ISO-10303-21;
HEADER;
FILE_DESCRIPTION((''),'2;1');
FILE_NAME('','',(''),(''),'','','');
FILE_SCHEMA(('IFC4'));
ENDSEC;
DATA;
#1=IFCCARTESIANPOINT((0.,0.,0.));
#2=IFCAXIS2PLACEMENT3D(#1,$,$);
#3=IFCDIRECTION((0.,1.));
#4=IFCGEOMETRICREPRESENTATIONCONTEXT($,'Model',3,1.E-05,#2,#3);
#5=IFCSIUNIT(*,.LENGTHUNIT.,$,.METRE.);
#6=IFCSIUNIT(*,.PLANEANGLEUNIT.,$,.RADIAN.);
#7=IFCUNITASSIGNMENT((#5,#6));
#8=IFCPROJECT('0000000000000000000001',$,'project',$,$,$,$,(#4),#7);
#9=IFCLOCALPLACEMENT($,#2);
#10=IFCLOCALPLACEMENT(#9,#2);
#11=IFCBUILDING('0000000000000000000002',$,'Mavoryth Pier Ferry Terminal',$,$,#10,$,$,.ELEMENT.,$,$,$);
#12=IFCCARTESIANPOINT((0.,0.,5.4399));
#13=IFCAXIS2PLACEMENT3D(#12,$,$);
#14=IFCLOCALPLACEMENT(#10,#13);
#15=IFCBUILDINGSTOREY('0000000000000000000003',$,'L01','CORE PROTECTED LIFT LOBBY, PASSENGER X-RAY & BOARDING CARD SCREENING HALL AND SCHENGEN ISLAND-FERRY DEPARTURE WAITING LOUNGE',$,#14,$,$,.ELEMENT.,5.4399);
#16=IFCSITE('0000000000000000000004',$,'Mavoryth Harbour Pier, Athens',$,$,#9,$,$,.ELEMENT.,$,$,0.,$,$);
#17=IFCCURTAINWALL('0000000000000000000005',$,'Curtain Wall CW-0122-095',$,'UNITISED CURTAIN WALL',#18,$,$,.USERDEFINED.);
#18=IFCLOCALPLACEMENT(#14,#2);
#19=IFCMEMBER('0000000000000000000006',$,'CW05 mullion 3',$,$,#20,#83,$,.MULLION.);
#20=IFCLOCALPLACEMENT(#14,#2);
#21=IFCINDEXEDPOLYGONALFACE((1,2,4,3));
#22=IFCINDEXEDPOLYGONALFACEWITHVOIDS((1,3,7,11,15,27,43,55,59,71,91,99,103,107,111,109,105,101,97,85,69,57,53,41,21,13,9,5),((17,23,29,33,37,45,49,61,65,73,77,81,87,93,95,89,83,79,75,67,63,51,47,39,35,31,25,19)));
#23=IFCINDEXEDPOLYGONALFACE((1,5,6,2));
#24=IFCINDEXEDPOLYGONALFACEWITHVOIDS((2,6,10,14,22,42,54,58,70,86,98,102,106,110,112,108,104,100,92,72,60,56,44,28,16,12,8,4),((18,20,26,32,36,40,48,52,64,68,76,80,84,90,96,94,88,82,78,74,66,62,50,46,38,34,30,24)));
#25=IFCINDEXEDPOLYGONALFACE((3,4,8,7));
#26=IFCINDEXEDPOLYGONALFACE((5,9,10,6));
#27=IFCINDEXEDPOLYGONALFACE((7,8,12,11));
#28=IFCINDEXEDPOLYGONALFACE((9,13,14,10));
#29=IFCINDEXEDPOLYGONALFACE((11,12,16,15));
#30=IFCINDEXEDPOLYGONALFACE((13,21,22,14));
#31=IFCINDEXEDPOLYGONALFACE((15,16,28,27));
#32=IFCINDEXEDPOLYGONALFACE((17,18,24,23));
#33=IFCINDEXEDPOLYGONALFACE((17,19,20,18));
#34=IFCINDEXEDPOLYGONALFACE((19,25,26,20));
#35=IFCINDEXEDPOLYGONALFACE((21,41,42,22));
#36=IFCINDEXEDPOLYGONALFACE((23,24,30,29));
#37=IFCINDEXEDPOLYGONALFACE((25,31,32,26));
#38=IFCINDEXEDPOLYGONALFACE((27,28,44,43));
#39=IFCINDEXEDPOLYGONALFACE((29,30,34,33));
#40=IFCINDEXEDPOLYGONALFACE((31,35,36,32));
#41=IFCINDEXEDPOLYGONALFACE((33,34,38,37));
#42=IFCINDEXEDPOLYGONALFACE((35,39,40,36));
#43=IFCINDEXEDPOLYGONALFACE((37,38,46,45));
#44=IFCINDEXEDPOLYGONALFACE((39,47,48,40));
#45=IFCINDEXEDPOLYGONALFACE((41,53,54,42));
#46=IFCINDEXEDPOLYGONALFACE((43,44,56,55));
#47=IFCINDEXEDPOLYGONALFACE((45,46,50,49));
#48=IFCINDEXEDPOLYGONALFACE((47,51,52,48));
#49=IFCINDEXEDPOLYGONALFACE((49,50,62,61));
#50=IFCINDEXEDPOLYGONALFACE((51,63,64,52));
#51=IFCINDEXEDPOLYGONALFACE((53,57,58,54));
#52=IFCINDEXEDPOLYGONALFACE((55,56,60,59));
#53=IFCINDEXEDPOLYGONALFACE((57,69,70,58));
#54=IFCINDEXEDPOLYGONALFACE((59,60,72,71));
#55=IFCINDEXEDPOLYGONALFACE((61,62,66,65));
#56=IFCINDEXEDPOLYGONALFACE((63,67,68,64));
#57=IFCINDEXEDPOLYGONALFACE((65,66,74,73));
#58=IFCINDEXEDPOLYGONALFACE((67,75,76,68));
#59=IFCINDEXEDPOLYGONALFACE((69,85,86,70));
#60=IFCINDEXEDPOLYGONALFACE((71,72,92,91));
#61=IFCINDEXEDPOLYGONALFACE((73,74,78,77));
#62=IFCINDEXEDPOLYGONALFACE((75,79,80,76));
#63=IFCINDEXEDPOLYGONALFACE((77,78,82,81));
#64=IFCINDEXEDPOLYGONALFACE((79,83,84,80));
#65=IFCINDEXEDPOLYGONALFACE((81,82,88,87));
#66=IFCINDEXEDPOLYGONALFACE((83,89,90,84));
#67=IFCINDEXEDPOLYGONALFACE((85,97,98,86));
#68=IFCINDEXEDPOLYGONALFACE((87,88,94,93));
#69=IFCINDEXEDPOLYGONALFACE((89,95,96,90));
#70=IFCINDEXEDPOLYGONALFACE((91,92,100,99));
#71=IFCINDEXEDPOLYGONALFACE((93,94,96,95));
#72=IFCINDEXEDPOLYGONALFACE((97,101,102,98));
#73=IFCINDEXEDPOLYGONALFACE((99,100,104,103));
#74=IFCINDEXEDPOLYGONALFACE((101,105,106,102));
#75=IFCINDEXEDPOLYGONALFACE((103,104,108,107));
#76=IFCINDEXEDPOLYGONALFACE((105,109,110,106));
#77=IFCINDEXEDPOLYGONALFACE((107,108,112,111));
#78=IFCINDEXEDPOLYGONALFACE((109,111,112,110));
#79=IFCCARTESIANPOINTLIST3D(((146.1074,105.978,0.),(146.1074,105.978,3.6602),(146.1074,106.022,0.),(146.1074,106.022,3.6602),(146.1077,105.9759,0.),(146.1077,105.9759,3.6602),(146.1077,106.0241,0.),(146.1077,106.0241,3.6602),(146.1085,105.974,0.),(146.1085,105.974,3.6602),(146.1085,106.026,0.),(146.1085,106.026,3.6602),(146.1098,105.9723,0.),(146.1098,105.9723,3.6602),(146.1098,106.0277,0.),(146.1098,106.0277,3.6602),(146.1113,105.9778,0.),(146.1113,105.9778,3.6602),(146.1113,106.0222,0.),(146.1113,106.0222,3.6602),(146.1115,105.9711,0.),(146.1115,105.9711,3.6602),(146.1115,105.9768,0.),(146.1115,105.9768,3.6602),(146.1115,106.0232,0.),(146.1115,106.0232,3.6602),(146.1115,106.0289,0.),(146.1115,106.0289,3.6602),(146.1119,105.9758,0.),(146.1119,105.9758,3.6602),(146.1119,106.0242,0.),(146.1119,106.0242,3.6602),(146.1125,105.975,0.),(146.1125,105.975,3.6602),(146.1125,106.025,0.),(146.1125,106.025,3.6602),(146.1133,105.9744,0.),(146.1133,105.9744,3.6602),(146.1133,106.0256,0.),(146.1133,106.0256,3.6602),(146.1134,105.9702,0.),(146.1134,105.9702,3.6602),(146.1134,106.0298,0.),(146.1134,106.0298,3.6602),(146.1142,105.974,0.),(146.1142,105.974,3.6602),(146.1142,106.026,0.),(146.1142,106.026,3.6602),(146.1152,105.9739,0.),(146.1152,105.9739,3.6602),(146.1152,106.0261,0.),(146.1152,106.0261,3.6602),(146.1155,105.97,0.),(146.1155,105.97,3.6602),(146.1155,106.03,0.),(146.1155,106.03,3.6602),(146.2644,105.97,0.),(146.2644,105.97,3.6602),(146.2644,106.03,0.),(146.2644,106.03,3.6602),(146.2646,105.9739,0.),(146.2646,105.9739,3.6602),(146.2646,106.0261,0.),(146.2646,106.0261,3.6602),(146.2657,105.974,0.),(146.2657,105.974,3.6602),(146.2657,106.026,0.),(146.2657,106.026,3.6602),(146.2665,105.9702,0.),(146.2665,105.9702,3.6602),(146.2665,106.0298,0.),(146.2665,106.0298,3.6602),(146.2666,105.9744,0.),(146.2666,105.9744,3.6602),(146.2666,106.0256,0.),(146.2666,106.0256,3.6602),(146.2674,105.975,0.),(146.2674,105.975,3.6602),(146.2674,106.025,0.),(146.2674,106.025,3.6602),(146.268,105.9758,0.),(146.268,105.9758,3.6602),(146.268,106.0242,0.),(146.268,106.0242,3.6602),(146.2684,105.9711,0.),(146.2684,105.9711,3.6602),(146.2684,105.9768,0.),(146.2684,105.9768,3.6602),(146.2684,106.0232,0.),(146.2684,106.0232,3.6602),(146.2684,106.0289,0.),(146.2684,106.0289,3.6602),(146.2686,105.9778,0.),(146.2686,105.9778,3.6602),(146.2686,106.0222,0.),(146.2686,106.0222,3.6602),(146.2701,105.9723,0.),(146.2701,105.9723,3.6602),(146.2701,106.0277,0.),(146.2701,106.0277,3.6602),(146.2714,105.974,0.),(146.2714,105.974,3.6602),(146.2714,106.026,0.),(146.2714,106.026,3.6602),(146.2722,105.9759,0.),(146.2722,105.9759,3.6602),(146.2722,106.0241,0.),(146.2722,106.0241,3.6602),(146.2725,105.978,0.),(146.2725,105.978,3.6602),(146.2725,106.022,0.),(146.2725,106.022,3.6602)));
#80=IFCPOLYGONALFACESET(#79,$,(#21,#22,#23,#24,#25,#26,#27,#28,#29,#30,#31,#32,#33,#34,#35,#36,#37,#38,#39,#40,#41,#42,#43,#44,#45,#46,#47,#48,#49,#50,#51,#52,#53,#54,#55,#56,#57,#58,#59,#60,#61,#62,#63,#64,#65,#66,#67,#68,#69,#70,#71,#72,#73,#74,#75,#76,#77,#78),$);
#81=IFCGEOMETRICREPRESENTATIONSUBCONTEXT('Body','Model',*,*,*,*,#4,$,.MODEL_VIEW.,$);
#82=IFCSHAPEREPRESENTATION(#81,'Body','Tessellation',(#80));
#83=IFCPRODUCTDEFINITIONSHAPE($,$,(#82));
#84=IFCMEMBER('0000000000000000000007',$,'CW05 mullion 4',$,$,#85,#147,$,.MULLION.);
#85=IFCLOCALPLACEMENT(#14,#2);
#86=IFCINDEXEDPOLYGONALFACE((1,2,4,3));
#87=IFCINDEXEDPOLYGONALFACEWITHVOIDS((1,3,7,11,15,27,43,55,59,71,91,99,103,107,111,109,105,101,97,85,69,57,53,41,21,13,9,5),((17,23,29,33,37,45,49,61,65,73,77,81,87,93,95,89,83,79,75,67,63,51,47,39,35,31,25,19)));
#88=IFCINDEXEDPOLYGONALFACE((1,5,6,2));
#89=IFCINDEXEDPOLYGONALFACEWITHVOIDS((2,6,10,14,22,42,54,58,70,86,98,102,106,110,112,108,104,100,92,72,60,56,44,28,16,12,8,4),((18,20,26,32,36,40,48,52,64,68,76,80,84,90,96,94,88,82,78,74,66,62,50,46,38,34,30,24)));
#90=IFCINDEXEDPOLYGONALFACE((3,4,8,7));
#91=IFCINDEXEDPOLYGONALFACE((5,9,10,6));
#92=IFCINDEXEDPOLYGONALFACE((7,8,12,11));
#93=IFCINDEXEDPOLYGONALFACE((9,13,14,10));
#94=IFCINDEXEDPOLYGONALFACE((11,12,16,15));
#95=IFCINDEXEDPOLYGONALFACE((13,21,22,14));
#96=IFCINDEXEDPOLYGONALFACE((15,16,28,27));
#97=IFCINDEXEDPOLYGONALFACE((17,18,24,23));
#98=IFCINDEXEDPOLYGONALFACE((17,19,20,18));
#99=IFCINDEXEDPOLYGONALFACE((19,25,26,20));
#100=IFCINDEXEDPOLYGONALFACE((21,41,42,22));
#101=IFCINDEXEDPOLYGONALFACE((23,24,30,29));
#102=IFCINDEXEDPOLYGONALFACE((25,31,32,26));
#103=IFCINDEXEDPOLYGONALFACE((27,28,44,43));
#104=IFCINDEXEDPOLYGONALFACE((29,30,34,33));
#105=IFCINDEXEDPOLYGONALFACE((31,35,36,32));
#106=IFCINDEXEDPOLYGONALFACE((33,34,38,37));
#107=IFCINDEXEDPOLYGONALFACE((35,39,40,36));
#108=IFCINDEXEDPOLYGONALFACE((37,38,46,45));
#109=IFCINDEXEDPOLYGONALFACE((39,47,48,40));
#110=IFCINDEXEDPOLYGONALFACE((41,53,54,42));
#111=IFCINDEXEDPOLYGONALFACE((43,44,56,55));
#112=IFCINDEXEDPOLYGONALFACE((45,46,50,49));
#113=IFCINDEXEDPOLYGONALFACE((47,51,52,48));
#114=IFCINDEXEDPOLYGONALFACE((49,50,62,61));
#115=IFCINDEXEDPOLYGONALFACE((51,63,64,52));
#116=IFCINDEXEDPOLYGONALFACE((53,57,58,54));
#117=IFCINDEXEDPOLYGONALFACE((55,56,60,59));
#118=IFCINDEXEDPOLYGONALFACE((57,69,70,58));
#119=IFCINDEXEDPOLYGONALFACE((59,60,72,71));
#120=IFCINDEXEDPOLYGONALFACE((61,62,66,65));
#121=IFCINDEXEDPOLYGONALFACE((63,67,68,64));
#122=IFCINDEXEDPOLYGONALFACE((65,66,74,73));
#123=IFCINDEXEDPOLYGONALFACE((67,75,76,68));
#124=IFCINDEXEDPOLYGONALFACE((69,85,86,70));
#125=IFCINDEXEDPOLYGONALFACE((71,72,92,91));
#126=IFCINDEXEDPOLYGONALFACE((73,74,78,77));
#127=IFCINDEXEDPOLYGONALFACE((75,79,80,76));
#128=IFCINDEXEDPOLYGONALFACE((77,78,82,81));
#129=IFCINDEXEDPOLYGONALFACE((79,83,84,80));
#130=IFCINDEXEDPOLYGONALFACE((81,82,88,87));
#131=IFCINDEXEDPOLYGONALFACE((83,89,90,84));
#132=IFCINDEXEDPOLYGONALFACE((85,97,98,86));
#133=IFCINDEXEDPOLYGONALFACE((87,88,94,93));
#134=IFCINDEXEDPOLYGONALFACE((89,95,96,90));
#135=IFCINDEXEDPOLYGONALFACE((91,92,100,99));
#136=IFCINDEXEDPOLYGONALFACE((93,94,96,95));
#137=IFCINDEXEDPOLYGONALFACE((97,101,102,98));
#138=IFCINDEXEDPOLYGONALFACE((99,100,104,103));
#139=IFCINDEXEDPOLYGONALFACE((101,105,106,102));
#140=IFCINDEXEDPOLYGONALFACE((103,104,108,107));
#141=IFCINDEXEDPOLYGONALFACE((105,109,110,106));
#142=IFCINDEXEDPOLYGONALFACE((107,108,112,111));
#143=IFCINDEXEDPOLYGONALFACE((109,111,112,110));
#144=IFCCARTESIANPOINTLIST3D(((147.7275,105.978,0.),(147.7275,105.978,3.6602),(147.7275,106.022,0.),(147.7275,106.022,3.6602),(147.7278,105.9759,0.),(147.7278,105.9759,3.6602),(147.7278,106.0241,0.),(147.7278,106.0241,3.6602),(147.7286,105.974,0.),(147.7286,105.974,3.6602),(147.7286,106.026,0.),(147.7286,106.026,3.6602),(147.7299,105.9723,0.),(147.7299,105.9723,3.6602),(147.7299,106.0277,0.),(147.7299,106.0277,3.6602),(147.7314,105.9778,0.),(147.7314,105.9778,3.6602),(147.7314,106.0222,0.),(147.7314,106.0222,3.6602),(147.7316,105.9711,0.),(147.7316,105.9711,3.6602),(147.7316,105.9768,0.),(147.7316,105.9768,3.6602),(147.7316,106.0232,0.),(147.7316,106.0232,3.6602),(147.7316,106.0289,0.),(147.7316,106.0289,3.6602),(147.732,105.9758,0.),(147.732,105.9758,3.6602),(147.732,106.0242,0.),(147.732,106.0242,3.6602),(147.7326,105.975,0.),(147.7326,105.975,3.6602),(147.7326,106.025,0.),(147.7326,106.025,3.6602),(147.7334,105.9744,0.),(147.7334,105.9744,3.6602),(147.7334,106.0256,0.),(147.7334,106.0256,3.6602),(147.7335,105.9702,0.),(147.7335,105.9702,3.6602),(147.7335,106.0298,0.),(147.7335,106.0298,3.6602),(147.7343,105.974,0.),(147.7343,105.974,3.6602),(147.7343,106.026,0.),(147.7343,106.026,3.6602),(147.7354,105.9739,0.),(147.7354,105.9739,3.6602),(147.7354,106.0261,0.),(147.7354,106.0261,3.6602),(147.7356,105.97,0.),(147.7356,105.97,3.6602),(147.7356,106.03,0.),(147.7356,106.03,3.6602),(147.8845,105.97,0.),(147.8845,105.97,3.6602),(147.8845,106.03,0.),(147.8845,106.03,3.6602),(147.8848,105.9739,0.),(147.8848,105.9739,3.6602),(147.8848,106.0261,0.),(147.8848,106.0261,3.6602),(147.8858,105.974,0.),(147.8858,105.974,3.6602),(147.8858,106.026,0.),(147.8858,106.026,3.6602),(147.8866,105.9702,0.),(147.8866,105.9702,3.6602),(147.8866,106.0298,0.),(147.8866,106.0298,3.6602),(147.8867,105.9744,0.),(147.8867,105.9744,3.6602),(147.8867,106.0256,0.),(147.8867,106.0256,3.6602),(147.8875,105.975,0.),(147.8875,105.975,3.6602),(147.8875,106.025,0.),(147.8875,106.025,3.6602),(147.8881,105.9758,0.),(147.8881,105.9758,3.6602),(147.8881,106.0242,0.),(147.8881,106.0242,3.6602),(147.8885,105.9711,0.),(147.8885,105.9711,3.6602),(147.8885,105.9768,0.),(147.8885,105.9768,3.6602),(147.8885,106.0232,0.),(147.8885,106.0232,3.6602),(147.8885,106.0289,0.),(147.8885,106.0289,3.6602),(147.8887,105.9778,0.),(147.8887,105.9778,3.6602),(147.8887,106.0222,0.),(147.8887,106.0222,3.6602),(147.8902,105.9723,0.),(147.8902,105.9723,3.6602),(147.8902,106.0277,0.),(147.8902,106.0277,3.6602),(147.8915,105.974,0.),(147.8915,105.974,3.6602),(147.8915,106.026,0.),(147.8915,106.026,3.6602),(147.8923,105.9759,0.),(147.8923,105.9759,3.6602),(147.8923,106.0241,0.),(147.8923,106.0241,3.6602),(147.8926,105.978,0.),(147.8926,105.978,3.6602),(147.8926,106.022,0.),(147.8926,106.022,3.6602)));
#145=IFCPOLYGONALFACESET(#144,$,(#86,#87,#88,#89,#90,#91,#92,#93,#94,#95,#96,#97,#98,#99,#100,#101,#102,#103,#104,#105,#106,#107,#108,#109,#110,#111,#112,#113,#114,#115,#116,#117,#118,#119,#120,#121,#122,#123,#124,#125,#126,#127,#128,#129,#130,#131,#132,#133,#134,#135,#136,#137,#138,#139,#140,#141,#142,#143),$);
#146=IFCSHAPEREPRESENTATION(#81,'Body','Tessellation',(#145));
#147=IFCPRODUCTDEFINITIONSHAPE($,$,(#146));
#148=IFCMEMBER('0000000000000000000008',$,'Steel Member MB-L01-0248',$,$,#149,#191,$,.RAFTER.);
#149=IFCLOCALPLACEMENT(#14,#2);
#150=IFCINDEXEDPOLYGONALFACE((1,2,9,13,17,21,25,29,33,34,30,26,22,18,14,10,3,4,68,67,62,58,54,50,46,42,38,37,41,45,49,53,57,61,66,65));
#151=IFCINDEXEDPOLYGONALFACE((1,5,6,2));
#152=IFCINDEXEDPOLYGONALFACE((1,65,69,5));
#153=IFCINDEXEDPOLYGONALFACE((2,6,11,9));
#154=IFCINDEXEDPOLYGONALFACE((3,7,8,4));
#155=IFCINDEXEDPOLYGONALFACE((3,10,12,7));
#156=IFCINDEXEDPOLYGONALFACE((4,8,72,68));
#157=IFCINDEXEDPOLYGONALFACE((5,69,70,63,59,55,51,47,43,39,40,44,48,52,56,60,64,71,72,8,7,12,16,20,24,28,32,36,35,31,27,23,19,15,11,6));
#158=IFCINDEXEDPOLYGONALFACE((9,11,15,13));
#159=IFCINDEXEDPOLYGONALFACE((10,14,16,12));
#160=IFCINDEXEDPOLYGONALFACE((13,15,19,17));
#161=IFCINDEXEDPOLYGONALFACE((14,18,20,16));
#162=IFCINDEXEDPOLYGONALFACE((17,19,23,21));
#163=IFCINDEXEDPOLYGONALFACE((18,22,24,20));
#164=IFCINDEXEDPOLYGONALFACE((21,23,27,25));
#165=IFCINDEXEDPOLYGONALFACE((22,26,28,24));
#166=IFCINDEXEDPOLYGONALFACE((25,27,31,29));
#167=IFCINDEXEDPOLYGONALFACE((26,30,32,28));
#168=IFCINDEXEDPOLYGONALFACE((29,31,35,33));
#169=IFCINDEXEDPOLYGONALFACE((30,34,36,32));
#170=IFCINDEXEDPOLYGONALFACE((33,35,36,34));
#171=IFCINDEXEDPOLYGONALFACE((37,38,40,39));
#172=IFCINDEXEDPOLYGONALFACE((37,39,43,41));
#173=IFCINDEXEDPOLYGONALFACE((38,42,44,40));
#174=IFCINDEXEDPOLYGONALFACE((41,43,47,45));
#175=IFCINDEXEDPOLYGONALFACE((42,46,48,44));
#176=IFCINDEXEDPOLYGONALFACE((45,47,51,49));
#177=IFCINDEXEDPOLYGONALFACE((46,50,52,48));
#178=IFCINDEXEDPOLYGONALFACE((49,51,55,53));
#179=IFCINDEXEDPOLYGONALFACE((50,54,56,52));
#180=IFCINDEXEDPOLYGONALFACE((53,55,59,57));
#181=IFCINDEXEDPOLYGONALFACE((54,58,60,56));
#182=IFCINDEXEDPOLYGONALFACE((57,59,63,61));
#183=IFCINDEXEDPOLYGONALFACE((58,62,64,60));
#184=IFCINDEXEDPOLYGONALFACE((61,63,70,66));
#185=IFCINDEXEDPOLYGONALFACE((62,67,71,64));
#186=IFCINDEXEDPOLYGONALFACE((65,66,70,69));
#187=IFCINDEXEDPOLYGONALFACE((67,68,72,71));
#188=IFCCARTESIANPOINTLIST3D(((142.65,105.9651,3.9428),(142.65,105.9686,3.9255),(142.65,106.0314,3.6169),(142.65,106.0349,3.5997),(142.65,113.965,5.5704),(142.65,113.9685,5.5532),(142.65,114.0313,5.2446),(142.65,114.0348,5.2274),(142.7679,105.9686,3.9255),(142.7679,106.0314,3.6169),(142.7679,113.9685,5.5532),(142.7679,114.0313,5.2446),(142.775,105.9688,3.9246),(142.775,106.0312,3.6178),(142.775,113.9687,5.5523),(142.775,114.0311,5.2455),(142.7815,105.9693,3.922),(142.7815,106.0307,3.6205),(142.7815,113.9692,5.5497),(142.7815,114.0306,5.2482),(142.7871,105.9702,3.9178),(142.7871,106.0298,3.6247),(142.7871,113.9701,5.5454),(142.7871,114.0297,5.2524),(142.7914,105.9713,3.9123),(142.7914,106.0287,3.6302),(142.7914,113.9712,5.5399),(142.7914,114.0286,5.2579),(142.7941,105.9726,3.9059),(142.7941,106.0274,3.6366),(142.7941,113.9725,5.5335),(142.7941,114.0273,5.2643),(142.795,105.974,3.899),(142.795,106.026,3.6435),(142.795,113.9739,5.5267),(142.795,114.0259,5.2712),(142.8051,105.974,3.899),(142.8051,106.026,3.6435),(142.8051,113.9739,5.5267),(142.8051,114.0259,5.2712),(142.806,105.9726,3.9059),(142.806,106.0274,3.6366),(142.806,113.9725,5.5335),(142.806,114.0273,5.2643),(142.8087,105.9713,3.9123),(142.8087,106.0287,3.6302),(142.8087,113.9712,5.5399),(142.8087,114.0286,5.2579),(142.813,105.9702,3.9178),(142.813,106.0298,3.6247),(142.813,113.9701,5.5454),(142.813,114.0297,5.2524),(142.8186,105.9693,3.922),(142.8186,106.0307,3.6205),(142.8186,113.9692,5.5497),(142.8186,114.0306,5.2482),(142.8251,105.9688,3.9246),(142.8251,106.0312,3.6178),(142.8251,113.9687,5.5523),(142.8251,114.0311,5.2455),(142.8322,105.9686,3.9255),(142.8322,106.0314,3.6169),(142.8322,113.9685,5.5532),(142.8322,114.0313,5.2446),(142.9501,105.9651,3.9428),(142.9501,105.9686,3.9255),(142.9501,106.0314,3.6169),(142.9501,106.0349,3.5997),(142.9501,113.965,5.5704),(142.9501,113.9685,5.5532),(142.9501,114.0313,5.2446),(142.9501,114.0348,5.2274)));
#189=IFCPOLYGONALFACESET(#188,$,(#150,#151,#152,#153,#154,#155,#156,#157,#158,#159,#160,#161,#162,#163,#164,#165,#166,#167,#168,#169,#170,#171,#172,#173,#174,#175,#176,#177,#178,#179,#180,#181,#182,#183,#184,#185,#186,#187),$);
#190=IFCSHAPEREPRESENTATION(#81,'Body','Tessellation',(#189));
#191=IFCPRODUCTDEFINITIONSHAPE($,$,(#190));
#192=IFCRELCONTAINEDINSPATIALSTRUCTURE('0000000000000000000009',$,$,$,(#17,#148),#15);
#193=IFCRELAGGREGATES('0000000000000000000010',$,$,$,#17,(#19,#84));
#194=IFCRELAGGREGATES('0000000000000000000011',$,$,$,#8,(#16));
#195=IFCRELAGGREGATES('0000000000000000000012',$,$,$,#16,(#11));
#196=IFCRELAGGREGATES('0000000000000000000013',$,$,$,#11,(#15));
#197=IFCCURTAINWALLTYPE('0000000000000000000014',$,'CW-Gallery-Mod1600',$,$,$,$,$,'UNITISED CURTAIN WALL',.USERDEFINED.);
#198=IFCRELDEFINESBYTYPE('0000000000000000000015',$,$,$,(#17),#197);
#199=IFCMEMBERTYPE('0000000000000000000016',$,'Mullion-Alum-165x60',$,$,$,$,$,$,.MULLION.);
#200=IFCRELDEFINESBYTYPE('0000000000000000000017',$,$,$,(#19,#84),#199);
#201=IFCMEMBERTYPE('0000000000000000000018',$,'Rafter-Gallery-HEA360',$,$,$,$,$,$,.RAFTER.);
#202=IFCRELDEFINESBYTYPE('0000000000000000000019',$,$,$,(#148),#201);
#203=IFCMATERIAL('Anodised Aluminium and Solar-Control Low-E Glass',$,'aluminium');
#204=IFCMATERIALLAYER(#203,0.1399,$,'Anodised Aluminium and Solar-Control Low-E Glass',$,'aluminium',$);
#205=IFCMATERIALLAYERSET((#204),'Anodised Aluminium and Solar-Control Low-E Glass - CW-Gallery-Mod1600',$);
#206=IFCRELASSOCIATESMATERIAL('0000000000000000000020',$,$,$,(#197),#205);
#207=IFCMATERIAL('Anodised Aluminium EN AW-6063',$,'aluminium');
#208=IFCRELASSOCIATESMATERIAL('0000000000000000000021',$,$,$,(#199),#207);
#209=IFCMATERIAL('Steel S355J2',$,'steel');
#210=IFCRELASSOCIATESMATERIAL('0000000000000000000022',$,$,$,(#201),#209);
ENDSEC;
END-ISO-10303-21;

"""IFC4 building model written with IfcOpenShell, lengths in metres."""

from ifc_helpers import new_model, si_unit, direction, frame, origin, origin_2d, place, context, subcontext, project, spatial, hollow_rectangle, i_section, extrude, material, layer, layer_set, material_profile, profile_set, type_object, element, aggregate, save


model = new_model("IFC4")

# Units and contexts
model_context = context("Model", 3, precision=1e-05, world=origin(), true_north=direction((0.0, 1.0)))
body_context = subcontext(model_context, "Body", "Model", "MODEL_VIEW")
ifc_project = project(units=[si_unit("LENGTHUNIT", "METRE"), si_unit("PLANEANGLEUNIT", "RADIAN")], contexts=[model_context])

# Site, building, storey
site_placement = place(None, origin())
site = spatial("IfcSite", under=ifc_project, at=site_placement, Name="Mavoryth Harbour Pier, Athens", CompositionType="ELEMENT", RefElevation=0.0)
building_placement = place(site_placement, origin())
building = spatial("IfcBuilding", under=site, at=building_placement, Name="Mavoryth Pier Ferry Terminal", CompositionType="ELEMENT")
storey_placement = place(building_placement, frame((0.0, 0.0, 5.4399)))
storey = spatial("IfcBuildingStorey", under=building, at=storey_placement, Name="L01", Description="CORE PROTECTED LIFT LOBBY, PASSENGER X-RAY & BOARDING CARD SCREENING HALL AND SCHENGEN ISLAND-FERRY DEPARTURE WAITING LOUNGE", CompositionType="ELEMENT", Elevation=5.4399)

# Shared definitions
ifc_material_1 = material(Name="Steel S355J2", Category="steel")

# Curtain wall, members
ifc_material_2 = material(Name="Anodised Aluminium and Solar-Control Low-E Glass", Category="aluminium")
ifc_layer_1 = layer(ifc_material_2, 0.1399, Name="Anodised Aluminium and Solar-Control Low-E Glass", Category="aluminium")
ifc_layer_set_1 = layer_set([ifc_layer_1], Name="Anodised Aluminium and Solar-Control Low-E Glass - CW-Gallery-Mod1600")
curtain_wall_type = type_object("IfcCurtainWallType", Name="CW-Gallery-Mod1600", ElementType="UNITISED CURTAIN WALL", PredefinedType="USERDEFINED", material=ifc_layer_set_1)
curtain_wall_placement = place(storey_placement, origin())
curtain_wall = element("IfcCurtainWall", 1, at=curtain_wall_placement, inside=storey, type_object=curtain_wall_type, Name="Curtain Wall CW-0122-095", ObjectType="UNITISED CURTAIN WALL", PredefinedType="USERDEFINED")
ifc_material_3 = material(Name="Anodised Aluminium EN AW-6063", Category="aluminium")
ifc_material_profile_1 = material_profile(ifc_material_3, hollow_rectangle(XDim=0.0601, YDim=0.165, WallThickness=0.0039, InnerFilletRadius=0.0039, OuterFilletRadius=0.0081, at=origin_2d()), Name="AL-MULL 165x60x4", Category="aluminium")
ifc_profile_set_1 = profile_set([ifc_material_profile_1], Name="Anodised Aluminium EN AW-6063 - AL-MULL 165x60x4")
member_type_1 = type_object("IfcMemberType", Name="Mullion-Alum-165x60", PredefinedType="MULLION", material=ifc_profile_set_1)
member_1_placement = place(storey_placement, frame((146.1899, 106.0, 0.0), z_axis=(0.0, 0.0, 1.0), x_axis=(0.0, 1.0, 0.0)))
member_1 = element("IfcMember", 2, at=member_1_placement, type_object=member_type_1, Name="CW05 mullion 3", PredefinedType="MULLION", context=body_context, shape_type="SweptSolid", body=[
    extrude(hollow_rectangle(XDim=0.0601, YDim=0.165, WallThickness=0.0039, InnerFilletRadius=0.0039, OuterFilletRadius=0.0081, at=origin_2d()), origin(), (0.0, 0.0, 1.0), 3.6602),
])
member_2_placement = place(storey_placement, frame((147.8101, 106.0, 0.0), z_axis=(0.0, 0.0, 1.0), x_axis=(0.0, 1.0, 0.0)))
member_2 = element("IfcMember", 3, at=member_2_placement, type_object=member_type_1, Name="CW05 mullion 4", PredefinedType="MULLION", context=body_context, shape_type="SweptSolid", body=[
    extrude(hollow_rectangle(XDim=0.0601, YDim=0.165, WallThickness=0.0039, InnerFilletRadius=0.0039, OuterFilletRadius=0.0081, at=origin_2d()), origin(), (0.0, 0.0, 1.0), 3.6602),
])

# Member
ifc_material_profile_2 = material_profile(ifc_material_1, i_section(OverallWidth=0.3, OverallDepth=0.3501, WebThickness=0.01, FlangeThickness=0.0176, FilletRadius=0.0271, at=origin_2d()), Name="HEA 360", Category="steel")
ifc_profile_set_2 = profile_set([ifc_material_profile_2], Name="Steel S355J2 - HEA 360")
member_type_2 = type_object("IfcMemberType", Name="Rafter-Gallery-HEA360", PredefinedType="RAFTER", material=ifc_profile_set_2)
member_3_placement = place(storey_placement, frame((142.8, 106.0, 3.7712), z_axis=(0.0, 0.979923, 0.199376), x_axis=(-1.0, 0.0, 0.0)))
element("IfcMember", 4, at=member_3_placement, inside=storey, type_object=member_type_2, Name="Steel Member MB-L01-0248", PredefinedType="RAFTER", context=body_context, shape_type="SweptSolid", body=[
    extrude(i_section(OverallWidth=0.3, OverallDepth=0.3501, WebThickness=0.01, FlangeThickness=0.0176, FilletRadius=0.0271, at=origin_2d()), origin(), (0.0, 0.0, 1.0), 8.1638),
])

aggregate(curtain_wall, [member_1, member_2])

save(model, "model.ifc")
